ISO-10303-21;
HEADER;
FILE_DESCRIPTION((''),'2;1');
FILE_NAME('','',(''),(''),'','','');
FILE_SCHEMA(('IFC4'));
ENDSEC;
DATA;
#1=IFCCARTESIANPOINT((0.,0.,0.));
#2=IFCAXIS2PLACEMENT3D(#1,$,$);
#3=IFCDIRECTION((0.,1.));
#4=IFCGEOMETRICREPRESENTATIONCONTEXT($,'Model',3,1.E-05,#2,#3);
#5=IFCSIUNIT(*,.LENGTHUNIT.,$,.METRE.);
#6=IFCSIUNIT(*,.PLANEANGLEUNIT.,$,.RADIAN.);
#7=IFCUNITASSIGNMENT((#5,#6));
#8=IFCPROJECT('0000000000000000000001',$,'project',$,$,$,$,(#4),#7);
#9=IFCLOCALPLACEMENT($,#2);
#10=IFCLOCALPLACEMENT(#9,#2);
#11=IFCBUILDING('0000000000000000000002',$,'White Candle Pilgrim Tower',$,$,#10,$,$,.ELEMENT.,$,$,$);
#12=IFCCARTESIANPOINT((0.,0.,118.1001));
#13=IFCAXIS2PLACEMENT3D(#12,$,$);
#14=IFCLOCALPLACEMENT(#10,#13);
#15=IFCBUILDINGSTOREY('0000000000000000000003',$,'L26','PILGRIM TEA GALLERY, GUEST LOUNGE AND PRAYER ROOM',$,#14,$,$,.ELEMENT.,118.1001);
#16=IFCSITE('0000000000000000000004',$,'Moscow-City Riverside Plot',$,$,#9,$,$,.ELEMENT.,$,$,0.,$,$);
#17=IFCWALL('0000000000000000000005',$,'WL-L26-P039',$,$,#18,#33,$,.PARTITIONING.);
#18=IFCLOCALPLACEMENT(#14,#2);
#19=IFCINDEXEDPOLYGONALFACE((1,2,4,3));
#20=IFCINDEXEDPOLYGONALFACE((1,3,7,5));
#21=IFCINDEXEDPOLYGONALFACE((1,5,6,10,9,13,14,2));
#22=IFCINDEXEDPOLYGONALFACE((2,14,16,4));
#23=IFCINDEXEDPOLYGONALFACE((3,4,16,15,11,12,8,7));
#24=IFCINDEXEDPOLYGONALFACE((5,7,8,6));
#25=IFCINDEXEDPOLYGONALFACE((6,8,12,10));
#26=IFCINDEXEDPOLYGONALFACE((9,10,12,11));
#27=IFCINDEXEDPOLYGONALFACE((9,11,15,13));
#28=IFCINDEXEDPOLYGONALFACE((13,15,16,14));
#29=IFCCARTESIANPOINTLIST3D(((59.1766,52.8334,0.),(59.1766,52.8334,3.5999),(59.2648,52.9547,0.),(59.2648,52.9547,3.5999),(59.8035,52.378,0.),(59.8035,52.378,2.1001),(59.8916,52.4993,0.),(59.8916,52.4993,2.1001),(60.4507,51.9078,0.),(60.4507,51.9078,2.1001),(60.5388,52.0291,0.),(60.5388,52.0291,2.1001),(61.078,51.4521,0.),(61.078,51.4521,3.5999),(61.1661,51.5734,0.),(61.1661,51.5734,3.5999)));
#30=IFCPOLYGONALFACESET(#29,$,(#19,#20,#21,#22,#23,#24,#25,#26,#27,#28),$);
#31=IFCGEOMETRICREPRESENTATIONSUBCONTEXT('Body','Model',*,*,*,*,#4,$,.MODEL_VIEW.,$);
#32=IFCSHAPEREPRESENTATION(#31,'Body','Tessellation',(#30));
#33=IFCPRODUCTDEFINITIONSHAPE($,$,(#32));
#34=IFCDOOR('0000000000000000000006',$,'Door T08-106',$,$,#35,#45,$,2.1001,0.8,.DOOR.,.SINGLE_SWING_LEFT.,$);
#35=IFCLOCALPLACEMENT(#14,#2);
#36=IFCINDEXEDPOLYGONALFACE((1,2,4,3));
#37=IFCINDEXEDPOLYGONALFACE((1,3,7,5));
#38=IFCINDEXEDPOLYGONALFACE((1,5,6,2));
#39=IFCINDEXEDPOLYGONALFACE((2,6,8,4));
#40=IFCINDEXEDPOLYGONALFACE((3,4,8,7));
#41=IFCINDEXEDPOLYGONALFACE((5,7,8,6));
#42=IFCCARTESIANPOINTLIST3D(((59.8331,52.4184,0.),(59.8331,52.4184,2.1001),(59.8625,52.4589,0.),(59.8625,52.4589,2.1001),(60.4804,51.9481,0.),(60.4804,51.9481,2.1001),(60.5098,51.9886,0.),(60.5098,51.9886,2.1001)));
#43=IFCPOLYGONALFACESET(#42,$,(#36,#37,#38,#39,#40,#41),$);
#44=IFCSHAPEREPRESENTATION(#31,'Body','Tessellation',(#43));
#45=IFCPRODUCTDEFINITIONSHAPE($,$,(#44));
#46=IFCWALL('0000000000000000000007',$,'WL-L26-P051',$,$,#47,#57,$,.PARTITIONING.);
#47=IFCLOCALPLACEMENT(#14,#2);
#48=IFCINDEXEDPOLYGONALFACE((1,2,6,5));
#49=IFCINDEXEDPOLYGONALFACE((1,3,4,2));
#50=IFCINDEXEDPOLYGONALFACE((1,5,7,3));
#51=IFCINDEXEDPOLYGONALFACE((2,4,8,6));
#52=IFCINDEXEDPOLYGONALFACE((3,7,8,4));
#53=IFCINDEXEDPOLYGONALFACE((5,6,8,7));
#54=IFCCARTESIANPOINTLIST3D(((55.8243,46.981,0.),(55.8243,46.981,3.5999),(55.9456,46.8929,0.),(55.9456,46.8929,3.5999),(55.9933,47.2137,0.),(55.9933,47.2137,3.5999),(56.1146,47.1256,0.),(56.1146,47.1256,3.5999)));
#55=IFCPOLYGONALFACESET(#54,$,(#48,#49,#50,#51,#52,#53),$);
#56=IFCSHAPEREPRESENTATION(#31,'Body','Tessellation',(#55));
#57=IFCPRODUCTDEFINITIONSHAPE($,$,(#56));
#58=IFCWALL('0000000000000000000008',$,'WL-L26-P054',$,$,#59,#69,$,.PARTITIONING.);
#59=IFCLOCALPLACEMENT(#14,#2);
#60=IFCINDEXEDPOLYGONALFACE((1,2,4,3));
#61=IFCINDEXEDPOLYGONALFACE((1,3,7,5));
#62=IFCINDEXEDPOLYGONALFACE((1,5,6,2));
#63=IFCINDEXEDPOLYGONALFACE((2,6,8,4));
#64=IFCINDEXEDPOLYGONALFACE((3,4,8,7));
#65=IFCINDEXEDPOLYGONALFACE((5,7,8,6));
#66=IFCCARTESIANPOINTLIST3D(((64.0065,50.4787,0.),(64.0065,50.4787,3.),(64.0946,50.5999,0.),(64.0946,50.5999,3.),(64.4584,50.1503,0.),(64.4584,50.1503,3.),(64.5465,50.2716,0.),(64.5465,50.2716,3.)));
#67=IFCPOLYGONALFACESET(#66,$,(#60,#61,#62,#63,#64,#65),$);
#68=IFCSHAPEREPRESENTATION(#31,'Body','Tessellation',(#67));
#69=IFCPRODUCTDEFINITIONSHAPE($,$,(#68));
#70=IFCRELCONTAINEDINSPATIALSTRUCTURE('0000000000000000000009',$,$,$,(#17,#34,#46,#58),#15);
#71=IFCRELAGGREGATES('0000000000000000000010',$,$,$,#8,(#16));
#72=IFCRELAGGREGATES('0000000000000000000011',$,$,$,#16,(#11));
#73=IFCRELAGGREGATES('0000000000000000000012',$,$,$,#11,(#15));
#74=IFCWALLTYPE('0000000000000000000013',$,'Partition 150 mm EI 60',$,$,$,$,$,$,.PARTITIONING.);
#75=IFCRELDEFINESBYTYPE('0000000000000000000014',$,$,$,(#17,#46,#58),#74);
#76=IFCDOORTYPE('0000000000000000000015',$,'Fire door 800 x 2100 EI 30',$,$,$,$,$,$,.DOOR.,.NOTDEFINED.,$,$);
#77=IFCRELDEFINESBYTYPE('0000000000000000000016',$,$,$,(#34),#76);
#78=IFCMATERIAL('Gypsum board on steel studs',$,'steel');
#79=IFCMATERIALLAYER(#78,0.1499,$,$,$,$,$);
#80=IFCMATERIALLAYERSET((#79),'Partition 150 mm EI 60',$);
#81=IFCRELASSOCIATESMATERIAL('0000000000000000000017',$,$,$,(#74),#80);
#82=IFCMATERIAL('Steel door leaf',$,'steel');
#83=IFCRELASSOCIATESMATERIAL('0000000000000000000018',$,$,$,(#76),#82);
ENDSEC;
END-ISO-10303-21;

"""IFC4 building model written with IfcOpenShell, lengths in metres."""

from ifc_helpers import new_model, si_unit, direction, frame, frame_2d, origin, place, context, subcontext, project, spatial, rectangle, extrude, material, layer, layer_set, type_object, element, fill, save


model = new_model("IFC4")

# Units and contexts
model_context = context("Model", 3, precision=1e-05, world=origin(), true_north=direction((0.0, 1.0)))
body_context = subcontext(model_context, "Body", "Model", "MODEL_VIEW")
ifc_project = project(units=[si_unit("LENGTHUNIT", "METRE"), si_unit("PLANEANGLEUNIT", "RADIAN")], contexts=[model_context])

# Site, building, storey
site_placement = place(None, origin())
site = spatial("IfcSite", under=ifc_project, at=site_placement, Name="Moscow-City Riverside Plot", CompositionType="ELEMENT", RefElevation=0.0)
building_placement = place(site_placement, origin())
building = spatial("IfcBuilding", under=site, at=building_placement, Name="White Candle Pilgrim Tower", CompositionType="ELEMENT")
storey_placement = place(building_placement, frame((0.0, 0.0, 118.1001)))
storey = spatial("IfcBuildingStorey", under=building, at=storey_placement, Name="L26", Description="PILGRIM TEA GALLERY, GUEST LOUNGE AND PRAYER ROOM", CompositionType="ELEMENT", Elevation=118.1001)

# Shared definitions
ifc_material_1 = material(Name="Gypsum board on steel studs", Category="steel")
ifc_layer_1 = layer(ifc_material_1, 0.1499)
ifc_layer_set_1 = layer_set([ifc_layer_1], Name="Partition 150 mm EI 60")
wall_type_1 = type_object("IfcWallType", Name="Partition 150 mm EI 60", PredefinedType="PARTITIONING", material=ifc_layer_set_1)

# Shared definitions
ifc_material_2 = material(Name="Steel door leaf", Category="steel")
door_type = type_object("IfcDoorType", Name="Fire door 800 x 2100 EI 30", OperationType="NOTDEFINED", PredefinedType="DOOR", material=ifc_material_2)

# Wall, opening, door
wall_1_placement = place(storey_placement, frame((59.2207, 52.894, 0.0), z_axis=(0.0, 0.0, 1.0), x_axis=(0.809032, -0.587764, 0.0)))
wall_1 = element("IfcWall", 1, at=wall_1_placement, inside=storey, type_object=wall_type_1, Name="WL-L26-P039", PredefinedType="PARTITIONING", context=body_context, shape_type="SweptSolid", body=[
    extrude(rectangle(XDim=2.3501, YDim=0.1499, at=frame_2d((1.175, 0.0))), origin(), (0.0, 0.0, 1.0), 3.5999),
])
opening_1_placement = place(wall_1_placement, frame((0.7749, 0.0, 0.0)))
opening_1 = element("IfcOpeningElement", 2, at=opening_1_placement, cuts=wall_1, PredefinedType="OPENING", context=body_context, shape_type="SweptSolid", body=[
    extrude(rectangle(XDim=0.8, YDim=2.1001, at=frame_2d((0.3999, 1.05))), frame((0.0, 0.085, 0.0), z_axis=(0.0, -1.0, 0.0), x_axis=(1.0, 0.0, 0.0)), (0.0, 0.0, 1.0), 0.1699),
])
door_1_placement = place(opening_1_placement, frame((0.8, 0.0, 0.0), z_axis=(0.0, 0.0, 1.0), x_axis=(-1.0, 0.0, 0.0)))
door_1 = element("IfcDoor", 3, at=door_1_placement, inside=storey, type_object=door_type, Name="Door T08-106", OperationType="SINGLE_SWING_LEFT", OverallHeight=2.1001, OverallWidth=0.8, PredefinedType="DOOR", context=body_context, shape_type="SweptSolid", body=[
    extrude(rectangle(XDim=0.8, YDim=2.1001, at=frame_2d((0.3999, 1.05))), frame((0.0, 0.0249, 0.0), z_axis=(0.0, -1.0, 0.0), x_axis=(1.0, 0.0, 0.0)), (0.0, 0.0, 1.0), 0.05),
])
fill(opening_1, door_1)

# Walls
wall_2_placement = place(storey_placement, frame((56.054, 47.1697, 0.0), z_axis=(0.0, 0.0, 1.0), x_axis=(-0.587566, -0.809176, 0.0)))
element("IfcWall", 4, at=wall_2_placement, inside=storey, type_object=wall_type_1, Name="WL-L26-P051", PredefinedType="PARTITIONING", context=body_context, shape_type="SweptSolid", body=[
    extrude(rectangle(XDim=0.2876, YDim=0.1499, at=frame_2d((0.1438, 0.0))), origin(), (0.0, 0.0, 1.0), 3.5999),
])
wall_3_placement = place(storey_placement, frame((64.0505, 50.5393, 0.0), z_axis=(0.0, 0.0, 1.0), x_axis=(0.808982, -0.587834, 0.0)))
element("IfcWall", 5, at=wall_3_placement, inside=storey, type_object=wall_type_1, Name="WL-L26-P054", PredefinedType="PARTITIONING", context=body_context, shape_type="SweptSolid", body=[
    extrude(rectangle(XDim=0.5586, YDim=0.1499, at=frame_2d((0.2793, 0.0))), origin(), (0.0, 0.0, 1.0), 3.0),
])

save(model, "model.ifc")
